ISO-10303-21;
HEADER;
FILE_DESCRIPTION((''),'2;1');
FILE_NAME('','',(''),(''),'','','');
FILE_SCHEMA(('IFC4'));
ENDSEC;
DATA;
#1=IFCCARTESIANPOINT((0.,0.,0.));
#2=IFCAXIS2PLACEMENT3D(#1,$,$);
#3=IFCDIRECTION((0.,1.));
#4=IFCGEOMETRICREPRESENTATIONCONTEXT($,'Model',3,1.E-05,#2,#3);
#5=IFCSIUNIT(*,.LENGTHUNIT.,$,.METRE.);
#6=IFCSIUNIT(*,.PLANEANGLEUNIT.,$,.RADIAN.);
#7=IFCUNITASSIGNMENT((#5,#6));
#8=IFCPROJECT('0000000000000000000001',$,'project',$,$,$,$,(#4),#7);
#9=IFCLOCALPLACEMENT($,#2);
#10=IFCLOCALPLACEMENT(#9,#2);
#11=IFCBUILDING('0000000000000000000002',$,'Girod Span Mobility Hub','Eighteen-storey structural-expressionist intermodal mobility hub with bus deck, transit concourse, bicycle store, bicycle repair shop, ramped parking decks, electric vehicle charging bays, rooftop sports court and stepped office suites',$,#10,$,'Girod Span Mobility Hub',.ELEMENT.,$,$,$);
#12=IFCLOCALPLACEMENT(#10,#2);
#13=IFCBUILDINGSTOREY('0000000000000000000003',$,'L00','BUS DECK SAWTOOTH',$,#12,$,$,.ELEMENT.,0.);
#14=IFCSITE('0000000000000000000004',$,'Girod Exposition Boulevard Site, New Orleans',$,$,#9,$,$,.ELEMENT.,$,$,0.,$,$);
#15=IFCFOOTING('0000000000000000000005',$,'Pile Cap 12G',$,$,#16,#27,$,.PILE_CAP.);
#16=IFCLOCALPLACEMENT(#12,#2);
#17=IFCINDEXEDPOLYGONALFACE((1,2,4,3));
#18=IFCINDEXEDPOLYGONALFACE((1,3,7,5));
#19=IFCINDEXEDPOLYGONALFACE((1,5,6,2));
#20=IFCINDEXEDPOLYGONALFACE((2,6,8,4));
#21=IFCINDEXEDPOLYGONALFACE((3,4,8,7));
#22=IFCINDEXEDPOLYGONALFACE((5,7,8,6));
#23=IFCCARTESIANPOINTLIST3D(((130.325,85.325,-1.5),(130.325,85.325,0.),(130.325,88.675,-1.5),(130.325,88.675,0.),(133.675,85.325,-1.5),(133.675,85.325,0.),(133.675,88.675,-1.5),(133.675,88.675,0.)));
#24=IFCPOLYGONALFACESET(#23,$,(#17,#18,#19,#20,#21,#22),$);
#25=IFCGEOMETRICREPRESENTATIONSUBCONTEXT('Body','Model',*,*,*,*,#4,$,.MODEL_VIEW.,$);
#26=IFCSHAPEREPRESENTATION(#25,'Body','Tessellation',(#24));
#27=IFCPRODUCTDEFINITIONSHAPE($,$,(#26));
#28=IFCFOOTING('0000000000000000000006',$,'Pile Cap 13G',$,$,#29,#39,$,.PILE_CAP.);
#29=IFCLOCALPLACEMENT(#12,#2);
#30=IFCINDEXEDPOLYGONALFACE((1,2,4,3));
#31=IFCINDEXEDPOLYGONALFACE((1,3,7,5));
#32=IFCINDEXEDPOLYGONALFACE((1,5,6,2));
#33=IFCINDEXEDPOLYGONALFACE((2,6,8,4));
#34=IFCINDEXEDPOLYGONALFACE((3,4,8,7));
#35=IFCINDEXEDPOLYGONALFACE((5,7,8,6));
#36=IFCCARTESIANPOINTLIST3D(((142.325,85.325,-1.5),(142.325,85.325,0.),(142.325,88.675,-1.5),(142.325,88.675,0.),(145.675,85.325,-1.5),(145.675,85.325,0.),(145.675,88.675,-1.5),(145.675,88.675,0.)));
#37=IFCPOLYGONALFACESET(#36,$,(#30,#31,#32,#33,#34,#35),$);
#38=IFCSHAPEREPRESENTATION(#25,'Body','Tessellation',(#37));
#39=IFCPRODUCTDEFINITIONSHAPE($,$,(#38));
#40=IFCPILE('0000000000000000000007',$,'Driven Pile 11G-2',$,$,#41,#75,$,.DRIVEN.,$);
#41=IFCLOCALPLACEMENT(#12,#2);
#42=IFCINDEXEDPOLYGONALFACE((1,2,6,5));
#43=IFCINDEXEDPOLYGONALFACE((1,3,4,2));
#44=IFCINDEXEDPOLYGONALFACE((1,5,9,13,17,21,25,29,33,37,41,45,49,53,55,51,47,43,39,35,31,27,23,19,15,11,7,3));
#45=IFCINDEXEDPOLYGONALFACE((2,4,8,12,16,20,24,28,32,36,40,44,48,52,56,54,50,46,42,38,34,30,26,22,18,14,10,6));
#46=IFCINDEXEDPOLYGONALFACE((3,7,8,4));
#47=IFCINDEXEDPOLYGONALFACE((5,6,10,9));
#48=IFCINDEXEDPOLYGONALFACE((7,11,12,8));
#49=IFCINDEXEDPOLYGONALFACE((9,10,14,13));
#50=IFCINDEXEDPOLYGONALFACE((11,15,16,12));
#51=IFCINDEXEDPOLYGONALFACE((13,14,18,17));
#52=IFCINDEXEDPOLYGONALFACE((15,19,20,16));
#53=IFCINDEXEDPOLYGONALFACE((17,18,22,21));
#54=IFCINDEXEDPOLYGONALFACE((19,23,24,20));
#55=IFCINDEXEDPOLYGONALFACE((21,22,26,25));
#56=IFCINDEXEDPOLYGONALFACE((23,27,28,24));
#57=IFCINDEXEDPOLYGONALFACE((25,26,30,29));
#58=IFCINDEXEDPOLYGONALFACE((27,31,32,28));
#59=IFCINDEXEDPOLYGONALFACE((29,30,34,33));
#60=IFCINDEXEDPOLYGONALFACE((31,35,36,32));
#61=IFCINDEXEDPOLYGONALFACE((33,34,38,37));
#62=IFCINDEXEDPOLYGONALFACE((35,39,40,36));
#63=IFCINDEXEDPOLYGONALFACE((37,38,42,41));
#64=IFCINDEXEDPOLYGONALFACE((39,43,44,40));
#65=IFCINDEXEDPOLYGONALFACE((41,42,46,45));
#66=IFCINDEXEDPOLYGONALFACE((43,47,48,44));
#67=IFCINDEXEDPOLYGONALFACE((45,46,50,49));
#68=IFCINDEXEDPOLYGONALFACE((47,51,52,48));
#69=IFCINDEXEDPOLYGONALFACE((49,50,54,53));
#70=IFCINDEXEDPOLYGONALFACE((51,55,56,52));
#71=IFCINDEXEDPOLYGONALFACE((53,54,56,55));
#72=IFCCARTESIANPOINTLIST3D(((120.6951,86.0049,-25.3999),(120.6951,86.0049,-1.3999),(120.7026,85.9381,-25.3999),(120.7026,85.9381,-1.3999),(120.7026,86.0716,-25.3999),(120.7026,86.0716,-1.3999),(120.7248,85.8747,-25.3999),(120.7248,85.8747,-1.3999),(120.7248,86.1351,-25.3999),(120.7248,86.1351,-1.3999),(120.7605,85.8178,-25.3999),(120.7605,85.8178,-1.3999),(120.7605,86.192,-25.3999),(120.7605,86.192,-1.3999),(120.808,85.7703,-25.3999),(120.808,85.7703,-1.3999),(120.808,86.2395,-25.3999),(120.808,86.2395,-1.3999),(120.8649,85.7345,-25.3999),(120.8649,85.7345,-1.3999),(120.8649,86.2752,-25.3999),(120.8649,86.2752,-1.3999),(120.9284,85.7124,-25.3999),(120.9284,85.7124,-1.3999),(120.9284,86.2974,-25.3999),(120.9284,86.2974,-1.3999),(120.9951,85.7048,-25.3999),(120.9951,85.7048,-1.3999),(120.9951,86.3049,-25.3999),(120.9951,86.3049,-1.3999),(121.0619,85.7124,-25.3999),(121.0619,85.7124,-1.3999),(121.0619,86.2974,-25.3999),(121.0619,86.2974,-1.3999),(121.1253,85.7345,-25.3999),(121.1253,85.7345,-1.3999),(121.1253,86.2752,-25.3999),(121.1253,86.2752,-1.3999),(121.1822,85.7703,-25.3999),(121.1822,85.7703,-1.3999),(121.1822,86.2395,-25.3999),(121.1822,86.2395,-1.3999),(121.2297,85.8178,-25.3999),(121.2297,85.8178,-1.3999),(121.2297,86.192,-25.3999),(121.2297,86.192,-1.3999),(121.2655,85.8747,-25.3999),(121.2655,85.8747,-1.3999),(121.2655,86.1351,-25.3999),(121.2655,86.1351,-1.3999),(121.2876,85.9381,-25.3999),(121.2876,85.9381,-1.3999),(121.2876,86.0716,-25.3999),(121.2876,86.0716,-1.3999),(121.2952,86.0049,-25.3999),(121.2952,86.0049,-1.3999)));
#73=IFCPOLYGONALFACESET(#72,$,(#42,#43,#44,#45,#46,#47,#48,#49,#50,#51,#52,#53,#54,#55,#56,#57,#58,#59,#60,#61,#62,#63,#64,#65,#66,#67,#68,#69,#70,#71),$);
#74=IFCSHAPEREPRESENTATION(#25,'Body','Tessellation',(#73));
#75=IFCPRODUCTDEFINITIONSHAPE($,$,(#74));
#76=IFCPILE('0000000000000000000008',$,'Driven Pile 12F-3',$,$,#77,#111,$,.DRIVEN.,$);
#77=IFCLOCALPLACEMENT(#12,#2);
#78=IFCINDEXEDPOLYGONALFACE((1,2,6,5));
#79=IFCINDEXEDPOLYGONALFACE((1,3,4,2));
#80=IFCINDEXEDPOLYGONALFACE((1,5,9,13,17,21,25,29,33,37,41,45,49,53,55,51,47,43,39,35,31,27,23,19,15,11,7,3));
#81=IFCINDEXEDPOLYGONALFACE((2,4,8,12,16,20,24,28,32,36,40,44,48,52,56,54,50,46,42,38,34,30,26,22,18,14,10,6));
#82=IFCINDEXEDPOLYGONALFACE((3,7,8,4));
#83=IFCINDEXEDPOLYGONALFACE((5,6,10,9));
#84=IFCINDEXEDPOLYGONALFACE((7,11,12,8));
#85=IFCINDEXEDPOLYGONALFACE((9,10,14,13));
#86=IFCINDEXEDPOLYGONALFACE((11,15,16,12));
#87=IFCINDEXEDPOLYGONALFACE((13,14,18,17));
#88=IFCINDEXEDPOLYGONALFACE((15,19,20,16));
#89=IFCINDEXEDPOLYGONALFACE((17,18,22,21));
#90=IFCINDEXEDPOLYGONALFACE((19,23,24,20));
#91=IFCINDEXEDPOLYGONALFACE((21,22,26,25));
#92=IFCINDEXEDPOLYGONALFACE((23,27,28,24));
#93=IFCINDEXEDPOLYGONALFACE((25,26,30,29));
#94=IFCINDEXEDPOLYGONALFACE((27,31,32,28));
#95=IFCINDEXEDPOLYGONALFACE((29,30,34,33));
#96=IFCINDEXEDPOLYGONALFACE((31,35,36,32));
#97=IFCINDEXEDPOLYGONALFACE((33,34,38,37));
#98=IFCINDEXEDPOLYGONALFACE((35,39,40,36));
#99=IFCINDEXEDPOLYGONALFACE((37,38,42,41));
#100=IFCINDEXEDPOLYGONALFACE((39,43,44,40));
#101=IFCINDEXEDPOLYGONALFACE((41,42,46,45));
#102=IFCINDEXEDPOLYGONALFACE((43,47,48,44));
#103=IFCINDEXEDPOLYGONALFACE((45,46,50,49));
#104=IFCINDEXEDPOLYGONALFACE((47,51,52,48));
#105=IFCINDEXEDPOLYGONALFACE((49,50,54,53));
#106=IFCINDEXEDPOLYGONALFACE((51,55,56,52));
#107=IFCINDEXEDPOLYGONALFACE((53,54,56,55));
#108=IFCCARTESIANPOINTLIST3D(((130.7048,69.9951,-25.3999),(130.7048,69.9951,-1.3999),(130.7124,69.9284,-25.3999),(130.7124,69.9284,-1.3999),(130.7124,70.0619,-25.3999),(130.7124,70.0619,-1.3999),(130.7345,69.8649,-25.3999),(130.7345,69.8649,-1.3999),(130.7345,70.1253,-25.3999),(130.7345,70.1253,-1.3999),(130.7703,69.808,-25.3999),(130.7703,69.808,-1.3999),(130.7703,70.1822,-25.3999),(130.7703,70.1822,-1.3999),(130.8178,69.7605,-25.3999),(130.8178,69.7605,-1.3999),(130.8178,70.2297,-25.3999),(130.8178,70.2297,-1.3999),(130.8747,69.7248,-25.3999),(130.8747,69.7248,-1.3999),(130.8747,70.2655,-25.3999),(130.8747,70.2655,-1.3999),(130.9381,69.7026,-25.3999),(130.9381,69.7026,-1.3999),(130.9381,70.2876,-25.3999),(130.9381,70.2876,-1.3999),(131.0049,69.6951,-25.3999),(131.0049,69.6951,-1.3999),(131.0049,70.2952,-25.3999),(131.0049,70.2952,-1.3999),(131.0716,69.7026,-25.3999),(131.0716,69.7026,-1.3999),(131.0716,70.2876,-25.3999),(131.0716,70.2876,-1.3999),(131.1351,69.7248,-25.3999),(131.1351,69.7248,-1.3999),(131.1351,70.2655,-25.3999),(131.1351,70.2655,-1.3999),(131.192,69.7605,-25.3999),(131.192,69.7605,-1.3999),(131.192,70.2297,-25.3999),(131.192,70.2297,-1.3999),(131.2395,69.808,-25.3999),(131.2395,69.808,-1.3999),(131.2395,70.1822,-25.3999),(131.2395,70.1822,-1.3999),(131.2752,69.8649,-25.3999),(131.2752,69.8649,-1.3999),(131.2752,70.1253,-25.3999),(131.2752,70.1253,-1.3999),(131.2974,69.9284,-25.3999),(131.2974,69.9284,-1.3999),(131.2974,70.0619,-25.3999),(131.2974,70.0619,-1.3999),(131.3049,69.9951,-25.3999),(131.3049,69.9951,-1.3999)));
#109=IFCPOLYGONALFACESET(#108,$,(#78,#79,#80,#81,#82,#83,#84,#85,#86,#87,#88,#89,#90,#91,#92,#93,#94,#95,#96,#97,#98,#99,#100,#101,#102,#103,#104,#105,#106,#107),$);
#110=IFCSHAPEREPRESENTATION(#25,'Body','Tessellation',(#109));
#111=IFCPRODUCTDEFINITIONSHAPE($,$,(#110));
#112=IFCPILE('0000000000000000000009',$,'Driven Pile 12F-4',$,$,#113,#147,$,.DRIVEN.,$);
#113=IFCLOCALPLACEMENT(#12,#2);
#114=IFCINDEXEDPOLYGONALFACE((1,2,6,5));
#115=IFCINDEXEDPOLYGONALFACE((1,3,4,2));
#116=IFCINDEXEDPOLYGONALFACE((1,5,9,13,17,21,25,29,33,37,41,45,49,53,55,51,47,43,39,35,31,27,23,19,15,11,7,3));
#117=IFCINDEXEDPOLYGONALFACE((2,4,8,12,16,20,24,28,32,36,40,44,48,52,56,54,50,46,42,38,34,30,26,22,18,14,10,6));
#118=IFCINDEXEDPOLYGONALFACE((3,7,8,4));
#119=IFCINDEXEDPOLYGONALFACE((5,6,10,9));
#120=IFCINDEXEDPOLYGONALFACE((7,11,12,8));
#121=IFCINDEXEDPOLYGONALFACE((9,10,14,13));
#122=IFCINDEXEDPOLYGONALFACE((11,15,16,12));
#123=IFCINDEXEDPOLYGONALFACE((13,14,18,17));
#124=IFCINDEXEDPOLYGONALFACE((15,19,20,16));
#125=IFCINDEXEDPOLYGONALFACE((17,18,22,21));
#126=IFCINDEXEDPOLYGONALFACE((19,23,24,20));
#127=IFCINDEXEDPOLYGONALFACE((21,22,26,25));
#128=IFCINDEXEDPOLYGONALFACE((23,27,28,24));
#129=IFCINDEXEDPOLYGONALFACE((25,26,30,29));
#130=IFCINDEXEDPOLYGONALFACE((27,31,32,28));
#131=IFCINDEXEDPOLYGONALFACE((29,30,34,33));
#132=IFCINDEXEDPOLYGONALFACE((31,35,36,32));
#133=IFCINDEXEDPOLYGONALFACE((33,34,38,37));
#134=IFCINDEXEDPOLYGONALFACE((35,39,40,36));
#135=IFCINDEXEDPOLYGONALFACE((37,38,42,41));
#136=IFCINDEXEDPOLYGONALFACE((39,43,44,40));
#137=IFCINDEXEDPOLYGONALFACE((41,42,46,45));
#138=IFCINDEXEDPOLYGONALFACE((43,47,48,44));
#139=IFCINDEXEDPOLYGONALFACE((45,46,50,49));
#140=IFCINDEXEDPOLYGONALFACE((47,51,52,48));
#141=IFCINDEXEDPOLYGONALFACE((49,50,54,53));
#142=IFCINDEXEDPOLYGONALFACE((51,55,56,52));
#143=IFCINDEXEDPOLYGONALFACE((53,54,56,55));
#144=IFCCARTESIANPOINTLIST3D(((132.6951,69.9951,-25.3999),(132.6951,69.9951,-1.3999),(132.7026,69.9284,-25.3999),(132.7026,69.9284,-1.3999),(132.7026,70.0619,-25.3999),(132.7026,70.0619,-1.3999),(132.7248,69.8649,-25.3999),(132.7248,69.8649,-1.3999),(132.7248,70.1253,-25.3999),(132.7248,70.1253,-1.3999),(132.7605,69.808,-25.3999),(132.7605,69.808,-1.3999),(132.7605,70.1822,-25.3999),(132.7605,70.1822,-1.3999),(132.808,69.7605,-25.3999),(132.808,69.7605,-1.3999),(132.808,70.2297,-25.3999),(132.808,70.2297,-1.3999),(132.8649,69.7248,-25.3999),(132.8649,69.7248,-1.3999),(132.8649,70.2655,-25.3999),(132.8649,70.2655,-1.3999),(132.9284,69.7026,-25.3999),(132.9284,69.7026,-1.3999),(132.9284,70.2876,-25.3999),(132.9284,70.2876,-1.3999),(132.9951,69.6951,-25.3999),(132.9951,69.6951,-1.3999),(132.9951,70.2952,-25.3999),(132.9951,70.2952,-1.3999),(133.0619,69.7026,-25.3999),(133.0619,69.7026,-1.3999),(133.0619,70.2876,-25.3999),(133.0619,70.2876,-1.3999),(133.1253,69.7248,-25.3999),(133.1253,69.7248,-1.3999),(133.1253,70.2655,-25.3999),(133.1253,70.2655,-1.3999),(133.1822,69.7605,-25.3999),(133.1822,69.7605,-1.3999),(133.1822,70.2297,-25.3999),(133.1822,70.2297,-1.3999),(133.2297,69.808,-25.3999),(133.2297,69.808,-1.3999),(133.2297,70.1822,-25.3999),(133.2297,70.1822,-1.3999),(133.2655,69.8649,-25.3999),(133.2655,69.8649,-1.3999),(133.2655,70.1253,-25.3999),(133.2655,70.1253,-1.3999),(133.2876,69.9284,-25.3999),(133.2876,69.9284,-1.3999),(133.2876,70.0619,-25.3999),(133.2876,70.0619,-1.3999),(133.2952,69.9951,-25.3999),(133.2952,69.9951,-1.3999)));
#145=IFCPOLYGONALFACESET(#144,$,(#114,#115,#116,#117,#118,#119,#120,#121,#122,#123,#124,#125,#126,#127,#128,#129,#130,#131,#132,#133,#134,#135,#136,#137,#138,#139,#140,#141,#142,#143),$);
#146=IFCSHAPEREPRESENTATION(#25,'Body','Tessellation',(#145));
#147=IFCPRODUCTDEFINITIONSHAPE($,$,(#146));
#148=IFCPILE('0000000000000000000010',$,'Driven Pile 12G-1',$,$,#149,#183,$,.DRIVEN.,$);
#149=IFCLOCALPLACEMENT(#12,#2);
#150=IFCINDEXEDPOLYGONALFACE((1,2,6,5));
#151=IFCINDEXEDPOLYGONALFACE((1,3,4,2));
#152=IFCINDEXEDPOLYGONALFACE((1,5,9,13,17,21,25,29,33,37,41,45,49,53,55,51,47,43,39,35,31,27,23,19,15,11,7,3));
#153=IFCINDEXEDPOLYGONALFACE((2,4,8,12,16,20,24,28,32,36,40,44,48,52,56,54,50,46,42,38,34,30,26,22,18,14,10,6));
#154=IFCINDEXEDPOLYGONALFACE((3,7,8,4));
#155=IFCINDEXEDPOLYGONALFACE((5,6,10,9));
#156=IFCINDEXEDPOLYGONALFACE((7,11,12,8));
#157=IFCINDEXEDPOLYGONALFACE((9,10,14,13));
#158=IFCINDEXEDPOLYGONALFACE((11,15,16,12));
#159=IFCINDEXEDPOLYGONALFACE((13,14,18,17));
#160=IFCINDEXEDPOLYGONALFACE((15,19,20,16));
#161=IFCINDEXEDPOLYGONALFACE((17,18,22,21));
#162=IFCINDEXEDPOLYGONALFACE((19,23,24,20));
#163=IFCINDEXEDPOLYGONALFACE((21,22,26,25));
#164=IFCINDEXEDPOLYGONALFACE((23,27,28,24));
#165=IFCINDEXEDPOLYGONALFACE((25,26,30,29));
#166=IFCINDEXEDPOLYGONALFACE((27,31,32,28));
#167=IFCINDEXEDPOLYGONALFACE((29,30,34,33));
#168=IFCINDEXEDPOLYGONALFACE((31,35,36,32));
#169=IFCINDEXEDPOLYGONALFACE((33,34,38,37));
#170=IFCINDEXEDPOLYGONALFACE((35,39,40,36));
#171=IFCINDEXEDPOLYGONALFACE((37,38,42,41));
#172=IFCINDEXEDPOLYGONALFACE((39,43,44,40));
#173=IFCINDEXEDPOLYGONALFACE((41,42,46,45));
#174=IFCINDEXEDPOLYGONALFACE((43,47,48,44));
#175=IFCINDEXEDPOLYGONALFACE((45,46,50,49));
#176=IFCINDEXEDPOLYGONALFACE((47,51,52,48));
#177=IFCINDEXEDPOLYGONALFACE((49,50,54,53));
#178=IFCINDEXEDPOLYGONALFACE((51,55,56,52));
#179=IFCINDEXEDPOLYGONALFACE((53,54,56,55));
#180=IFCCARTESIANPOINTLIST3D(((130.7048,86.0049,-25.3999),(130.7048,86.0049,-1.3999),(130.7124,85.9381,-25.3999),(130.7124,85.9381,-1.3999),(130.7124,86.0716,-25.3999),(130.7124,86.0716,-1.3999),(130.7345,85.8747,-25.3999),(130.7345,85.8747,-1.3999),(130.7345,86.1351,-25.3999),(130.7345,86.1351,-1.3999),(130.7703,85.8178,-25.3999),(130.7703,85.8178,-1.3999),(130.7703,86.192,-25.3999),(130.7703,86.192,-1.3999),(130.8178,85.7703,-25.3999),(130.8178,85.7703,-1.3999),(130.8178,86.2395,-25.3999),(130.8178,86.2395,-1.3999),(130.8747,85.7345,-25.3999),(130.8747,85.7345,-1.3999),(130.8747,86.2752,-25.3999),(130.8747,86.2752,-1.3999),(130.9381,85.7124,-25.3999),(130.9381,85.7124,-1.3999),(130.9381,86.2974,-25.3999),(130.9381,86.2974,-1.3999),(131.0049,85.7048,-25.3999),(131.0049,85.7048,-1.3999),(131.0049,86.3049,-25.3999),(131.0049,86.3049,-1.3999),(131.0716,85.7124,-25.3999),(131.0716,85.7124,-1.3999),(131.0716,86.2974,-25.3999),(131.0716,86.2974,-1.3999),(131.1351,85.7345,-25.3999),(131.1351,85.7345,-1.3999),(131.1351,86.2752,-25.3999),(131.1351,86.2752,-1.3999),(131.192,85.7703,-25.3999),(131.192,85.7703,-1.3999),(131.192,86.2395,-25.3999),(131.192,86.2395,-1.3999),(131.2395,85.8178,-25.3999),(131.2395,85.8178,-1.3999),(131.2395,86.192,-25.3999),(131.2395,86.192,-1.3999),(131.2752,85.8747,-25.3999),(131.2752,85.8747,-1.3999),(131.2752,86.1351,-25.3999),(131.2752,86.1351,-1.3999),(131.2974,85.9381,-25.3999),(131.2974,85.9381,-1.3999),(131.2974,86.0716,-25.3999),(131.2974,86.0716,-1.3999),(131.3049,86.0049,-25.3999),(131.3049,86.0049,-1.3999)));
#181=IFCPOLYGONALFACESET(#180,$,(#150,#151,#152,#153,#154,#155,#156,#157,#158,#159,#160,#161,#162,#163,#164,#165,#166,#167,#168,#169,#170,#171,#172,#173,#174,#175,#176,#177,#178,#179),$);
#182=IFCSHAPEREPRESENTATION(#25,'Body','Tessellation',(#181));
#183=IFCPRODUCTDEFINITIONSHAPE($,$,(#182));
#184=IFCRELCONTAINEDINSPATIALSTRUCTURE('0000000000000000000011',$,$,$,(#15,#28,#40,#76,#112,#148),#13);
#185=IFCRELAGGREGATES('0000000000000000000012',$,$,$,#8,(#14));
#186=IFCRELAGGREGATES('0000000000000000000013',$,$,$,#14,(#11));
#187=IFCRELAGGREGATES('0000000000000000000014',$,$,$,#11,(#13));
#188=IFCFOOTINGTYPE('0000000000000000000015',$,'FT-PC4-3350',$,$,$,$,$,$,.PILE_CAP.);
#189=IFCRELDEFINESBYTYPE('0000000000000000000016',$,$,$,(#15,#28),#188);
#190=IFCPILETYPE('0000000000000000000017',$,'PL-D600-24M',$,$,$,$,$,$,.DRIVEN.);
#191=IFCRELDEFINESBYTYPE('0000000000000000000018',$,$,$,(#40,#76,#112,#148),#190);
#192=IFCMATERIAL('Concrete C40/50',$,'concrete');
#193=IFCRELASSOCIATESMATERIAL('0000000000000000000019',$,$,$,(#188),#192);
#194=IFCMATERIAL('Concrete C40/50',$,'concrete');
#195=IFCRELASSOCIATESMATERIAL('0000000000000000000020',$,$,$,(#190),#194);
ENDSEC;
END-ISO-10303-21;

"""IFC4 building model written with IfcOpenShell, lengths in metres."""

from ifc_helpers import new_model, si_unit, direction, frame, origin, origin_2d, place, context, subcontext, project, spatial, rectangle, circle, extrude, material, material_profile, profile_set, type_object, element, save


model = new_model("IFC4")

# Units and contexts
model_context = context("Model", 3, precision=1e-05, world=origin(), true_north=direction((0.0, 1.0)))
body_context = subcontext(model_context, "Body", "Model", "MODEL_VIEW")
ifc_project = project(units=[si_unit("LENGTHUNIT", "METRE"), si_unit("PLANEANGLEUNIT", "RADIAN")], contexts=[model_context])

# Site, building, storey
site_placement = place(None, origin())
site = spatial("IfcSite", under=ifc_project, at=site_placement, Name="Girod Exposition Boulevard Site, New Orleans", CompositionType="ELEMENT", RefElevation=0.0)
building_placement = place(site_placement, origin())
building = spatial("IfcBuilding", under=site, at=building_placement, Name="Girod Span Mobility Hub", Description="Eighteen-storey structural-expressionist intermodal mobility hub with bus deck, transit concourse, bicycle store, bicycle repair shop, ramped parking decks, electric vehicle charging bays, rooftop sports court and stepped office suites", LongName="Girod Span Mobility Hub", CompositionType="ELEMENT")
storey_placement = place(building_placement, origin())
storey = spatial("IfcBuildingStorey", under=building, at=storey_placement, Name="L00", Description="BUS DECK SAWTOOTH", CompositionType="ELEMENT", Elevation=0.0)

# Footings
ifc_material_1 = material(Name="Concrete C40/50", Category="concrete")
footing_type = type_object("IfcFootingType", Name="FT-PC4-3350", PredefinedType="PILE_CAP", material=ifc_material_1)
for number, where, z_axis, x_axis, name in (
    (1, (132.0, 87.0, -1.5), (0.0, 0.0, 1.0), (1.0, 0.0, 0.0), "Pile Cap 12G"),
    (2, (144.0, 87.0, -1.5), (0.0, 0.0, 1.0), (1.0, 0.0, 0.0), "Pile Cap 13G"),
):
    element("IfcFooting", number, at=place(storey_placement, frame(where, z_axis=z_axis, x_axis=x_axis)), inside=storey, type_object=footing_type, Name=name, PredefinedType="PILE_CAP", context=body_context, shape_type="SweptSolid", body=[
        extrude(rectangle(XDim=3.3501, YDim=3.3501, at=origin_2d()), origin(), (0.0, 0.0, 1.0), 1.5),
    ])

# Piles
ifc_material_2 = material(Name="Concrete C40/50", Category="concrete")
ifc_material_profile_1 = material_profile(ifc_material_2, circle(Radius=0.3, at=origin_2d()), Name="PILE-D600")
ifc_profile_set_1 = profile_set([ifc_material_profile_1], Name="Concrete C40/50")
pile_type = type_object("IfcPileType", Name="PL-D600-24M", PredefinedType="DRIVEN", material=ifc_profile_set_1)
for number, where, z_axis, x_axis, name in (
    (3, (120.9951, 86.0049, -1.3999), (0.0, 0.0, -1.0), (1.0, 0.0, 0.0), "Driven Pile 11G-2"),
    (4, (131.0049, 69.9951, -1.3999), (0.0, 0.0, -1.0), (1.0, 0.0, 0.0), "Driven Pile 12F-3"),
    (5, (132.9951, 69.9951, -1.3999), (0.0, 0.0, -1.0), (1.0, 0.0, 0.0), "Driven Pile 12F-4"),
    (6, (131.0049, 86.0049, -1.3999), (0.0, 0.0, -1.0), (1.0, 0.0, 0.0), "Driven Pile 12G-1"),
):
    element("IfcPile", number, at=place(storey_placement, frame(where, z_axis=z_axis, x_axis=x_axis)), inside=storey, type_object=pile_type, Name=name, PredefinedType="DRIVEN", context=body_context, shape_type="SweptSolid", body=[
        extrude(circle(Radius=0.3, at=origin_2d()), origin(), (0.0, 0.0, 1.0), 24.0),
    ])

save(model, "model.ifc")
